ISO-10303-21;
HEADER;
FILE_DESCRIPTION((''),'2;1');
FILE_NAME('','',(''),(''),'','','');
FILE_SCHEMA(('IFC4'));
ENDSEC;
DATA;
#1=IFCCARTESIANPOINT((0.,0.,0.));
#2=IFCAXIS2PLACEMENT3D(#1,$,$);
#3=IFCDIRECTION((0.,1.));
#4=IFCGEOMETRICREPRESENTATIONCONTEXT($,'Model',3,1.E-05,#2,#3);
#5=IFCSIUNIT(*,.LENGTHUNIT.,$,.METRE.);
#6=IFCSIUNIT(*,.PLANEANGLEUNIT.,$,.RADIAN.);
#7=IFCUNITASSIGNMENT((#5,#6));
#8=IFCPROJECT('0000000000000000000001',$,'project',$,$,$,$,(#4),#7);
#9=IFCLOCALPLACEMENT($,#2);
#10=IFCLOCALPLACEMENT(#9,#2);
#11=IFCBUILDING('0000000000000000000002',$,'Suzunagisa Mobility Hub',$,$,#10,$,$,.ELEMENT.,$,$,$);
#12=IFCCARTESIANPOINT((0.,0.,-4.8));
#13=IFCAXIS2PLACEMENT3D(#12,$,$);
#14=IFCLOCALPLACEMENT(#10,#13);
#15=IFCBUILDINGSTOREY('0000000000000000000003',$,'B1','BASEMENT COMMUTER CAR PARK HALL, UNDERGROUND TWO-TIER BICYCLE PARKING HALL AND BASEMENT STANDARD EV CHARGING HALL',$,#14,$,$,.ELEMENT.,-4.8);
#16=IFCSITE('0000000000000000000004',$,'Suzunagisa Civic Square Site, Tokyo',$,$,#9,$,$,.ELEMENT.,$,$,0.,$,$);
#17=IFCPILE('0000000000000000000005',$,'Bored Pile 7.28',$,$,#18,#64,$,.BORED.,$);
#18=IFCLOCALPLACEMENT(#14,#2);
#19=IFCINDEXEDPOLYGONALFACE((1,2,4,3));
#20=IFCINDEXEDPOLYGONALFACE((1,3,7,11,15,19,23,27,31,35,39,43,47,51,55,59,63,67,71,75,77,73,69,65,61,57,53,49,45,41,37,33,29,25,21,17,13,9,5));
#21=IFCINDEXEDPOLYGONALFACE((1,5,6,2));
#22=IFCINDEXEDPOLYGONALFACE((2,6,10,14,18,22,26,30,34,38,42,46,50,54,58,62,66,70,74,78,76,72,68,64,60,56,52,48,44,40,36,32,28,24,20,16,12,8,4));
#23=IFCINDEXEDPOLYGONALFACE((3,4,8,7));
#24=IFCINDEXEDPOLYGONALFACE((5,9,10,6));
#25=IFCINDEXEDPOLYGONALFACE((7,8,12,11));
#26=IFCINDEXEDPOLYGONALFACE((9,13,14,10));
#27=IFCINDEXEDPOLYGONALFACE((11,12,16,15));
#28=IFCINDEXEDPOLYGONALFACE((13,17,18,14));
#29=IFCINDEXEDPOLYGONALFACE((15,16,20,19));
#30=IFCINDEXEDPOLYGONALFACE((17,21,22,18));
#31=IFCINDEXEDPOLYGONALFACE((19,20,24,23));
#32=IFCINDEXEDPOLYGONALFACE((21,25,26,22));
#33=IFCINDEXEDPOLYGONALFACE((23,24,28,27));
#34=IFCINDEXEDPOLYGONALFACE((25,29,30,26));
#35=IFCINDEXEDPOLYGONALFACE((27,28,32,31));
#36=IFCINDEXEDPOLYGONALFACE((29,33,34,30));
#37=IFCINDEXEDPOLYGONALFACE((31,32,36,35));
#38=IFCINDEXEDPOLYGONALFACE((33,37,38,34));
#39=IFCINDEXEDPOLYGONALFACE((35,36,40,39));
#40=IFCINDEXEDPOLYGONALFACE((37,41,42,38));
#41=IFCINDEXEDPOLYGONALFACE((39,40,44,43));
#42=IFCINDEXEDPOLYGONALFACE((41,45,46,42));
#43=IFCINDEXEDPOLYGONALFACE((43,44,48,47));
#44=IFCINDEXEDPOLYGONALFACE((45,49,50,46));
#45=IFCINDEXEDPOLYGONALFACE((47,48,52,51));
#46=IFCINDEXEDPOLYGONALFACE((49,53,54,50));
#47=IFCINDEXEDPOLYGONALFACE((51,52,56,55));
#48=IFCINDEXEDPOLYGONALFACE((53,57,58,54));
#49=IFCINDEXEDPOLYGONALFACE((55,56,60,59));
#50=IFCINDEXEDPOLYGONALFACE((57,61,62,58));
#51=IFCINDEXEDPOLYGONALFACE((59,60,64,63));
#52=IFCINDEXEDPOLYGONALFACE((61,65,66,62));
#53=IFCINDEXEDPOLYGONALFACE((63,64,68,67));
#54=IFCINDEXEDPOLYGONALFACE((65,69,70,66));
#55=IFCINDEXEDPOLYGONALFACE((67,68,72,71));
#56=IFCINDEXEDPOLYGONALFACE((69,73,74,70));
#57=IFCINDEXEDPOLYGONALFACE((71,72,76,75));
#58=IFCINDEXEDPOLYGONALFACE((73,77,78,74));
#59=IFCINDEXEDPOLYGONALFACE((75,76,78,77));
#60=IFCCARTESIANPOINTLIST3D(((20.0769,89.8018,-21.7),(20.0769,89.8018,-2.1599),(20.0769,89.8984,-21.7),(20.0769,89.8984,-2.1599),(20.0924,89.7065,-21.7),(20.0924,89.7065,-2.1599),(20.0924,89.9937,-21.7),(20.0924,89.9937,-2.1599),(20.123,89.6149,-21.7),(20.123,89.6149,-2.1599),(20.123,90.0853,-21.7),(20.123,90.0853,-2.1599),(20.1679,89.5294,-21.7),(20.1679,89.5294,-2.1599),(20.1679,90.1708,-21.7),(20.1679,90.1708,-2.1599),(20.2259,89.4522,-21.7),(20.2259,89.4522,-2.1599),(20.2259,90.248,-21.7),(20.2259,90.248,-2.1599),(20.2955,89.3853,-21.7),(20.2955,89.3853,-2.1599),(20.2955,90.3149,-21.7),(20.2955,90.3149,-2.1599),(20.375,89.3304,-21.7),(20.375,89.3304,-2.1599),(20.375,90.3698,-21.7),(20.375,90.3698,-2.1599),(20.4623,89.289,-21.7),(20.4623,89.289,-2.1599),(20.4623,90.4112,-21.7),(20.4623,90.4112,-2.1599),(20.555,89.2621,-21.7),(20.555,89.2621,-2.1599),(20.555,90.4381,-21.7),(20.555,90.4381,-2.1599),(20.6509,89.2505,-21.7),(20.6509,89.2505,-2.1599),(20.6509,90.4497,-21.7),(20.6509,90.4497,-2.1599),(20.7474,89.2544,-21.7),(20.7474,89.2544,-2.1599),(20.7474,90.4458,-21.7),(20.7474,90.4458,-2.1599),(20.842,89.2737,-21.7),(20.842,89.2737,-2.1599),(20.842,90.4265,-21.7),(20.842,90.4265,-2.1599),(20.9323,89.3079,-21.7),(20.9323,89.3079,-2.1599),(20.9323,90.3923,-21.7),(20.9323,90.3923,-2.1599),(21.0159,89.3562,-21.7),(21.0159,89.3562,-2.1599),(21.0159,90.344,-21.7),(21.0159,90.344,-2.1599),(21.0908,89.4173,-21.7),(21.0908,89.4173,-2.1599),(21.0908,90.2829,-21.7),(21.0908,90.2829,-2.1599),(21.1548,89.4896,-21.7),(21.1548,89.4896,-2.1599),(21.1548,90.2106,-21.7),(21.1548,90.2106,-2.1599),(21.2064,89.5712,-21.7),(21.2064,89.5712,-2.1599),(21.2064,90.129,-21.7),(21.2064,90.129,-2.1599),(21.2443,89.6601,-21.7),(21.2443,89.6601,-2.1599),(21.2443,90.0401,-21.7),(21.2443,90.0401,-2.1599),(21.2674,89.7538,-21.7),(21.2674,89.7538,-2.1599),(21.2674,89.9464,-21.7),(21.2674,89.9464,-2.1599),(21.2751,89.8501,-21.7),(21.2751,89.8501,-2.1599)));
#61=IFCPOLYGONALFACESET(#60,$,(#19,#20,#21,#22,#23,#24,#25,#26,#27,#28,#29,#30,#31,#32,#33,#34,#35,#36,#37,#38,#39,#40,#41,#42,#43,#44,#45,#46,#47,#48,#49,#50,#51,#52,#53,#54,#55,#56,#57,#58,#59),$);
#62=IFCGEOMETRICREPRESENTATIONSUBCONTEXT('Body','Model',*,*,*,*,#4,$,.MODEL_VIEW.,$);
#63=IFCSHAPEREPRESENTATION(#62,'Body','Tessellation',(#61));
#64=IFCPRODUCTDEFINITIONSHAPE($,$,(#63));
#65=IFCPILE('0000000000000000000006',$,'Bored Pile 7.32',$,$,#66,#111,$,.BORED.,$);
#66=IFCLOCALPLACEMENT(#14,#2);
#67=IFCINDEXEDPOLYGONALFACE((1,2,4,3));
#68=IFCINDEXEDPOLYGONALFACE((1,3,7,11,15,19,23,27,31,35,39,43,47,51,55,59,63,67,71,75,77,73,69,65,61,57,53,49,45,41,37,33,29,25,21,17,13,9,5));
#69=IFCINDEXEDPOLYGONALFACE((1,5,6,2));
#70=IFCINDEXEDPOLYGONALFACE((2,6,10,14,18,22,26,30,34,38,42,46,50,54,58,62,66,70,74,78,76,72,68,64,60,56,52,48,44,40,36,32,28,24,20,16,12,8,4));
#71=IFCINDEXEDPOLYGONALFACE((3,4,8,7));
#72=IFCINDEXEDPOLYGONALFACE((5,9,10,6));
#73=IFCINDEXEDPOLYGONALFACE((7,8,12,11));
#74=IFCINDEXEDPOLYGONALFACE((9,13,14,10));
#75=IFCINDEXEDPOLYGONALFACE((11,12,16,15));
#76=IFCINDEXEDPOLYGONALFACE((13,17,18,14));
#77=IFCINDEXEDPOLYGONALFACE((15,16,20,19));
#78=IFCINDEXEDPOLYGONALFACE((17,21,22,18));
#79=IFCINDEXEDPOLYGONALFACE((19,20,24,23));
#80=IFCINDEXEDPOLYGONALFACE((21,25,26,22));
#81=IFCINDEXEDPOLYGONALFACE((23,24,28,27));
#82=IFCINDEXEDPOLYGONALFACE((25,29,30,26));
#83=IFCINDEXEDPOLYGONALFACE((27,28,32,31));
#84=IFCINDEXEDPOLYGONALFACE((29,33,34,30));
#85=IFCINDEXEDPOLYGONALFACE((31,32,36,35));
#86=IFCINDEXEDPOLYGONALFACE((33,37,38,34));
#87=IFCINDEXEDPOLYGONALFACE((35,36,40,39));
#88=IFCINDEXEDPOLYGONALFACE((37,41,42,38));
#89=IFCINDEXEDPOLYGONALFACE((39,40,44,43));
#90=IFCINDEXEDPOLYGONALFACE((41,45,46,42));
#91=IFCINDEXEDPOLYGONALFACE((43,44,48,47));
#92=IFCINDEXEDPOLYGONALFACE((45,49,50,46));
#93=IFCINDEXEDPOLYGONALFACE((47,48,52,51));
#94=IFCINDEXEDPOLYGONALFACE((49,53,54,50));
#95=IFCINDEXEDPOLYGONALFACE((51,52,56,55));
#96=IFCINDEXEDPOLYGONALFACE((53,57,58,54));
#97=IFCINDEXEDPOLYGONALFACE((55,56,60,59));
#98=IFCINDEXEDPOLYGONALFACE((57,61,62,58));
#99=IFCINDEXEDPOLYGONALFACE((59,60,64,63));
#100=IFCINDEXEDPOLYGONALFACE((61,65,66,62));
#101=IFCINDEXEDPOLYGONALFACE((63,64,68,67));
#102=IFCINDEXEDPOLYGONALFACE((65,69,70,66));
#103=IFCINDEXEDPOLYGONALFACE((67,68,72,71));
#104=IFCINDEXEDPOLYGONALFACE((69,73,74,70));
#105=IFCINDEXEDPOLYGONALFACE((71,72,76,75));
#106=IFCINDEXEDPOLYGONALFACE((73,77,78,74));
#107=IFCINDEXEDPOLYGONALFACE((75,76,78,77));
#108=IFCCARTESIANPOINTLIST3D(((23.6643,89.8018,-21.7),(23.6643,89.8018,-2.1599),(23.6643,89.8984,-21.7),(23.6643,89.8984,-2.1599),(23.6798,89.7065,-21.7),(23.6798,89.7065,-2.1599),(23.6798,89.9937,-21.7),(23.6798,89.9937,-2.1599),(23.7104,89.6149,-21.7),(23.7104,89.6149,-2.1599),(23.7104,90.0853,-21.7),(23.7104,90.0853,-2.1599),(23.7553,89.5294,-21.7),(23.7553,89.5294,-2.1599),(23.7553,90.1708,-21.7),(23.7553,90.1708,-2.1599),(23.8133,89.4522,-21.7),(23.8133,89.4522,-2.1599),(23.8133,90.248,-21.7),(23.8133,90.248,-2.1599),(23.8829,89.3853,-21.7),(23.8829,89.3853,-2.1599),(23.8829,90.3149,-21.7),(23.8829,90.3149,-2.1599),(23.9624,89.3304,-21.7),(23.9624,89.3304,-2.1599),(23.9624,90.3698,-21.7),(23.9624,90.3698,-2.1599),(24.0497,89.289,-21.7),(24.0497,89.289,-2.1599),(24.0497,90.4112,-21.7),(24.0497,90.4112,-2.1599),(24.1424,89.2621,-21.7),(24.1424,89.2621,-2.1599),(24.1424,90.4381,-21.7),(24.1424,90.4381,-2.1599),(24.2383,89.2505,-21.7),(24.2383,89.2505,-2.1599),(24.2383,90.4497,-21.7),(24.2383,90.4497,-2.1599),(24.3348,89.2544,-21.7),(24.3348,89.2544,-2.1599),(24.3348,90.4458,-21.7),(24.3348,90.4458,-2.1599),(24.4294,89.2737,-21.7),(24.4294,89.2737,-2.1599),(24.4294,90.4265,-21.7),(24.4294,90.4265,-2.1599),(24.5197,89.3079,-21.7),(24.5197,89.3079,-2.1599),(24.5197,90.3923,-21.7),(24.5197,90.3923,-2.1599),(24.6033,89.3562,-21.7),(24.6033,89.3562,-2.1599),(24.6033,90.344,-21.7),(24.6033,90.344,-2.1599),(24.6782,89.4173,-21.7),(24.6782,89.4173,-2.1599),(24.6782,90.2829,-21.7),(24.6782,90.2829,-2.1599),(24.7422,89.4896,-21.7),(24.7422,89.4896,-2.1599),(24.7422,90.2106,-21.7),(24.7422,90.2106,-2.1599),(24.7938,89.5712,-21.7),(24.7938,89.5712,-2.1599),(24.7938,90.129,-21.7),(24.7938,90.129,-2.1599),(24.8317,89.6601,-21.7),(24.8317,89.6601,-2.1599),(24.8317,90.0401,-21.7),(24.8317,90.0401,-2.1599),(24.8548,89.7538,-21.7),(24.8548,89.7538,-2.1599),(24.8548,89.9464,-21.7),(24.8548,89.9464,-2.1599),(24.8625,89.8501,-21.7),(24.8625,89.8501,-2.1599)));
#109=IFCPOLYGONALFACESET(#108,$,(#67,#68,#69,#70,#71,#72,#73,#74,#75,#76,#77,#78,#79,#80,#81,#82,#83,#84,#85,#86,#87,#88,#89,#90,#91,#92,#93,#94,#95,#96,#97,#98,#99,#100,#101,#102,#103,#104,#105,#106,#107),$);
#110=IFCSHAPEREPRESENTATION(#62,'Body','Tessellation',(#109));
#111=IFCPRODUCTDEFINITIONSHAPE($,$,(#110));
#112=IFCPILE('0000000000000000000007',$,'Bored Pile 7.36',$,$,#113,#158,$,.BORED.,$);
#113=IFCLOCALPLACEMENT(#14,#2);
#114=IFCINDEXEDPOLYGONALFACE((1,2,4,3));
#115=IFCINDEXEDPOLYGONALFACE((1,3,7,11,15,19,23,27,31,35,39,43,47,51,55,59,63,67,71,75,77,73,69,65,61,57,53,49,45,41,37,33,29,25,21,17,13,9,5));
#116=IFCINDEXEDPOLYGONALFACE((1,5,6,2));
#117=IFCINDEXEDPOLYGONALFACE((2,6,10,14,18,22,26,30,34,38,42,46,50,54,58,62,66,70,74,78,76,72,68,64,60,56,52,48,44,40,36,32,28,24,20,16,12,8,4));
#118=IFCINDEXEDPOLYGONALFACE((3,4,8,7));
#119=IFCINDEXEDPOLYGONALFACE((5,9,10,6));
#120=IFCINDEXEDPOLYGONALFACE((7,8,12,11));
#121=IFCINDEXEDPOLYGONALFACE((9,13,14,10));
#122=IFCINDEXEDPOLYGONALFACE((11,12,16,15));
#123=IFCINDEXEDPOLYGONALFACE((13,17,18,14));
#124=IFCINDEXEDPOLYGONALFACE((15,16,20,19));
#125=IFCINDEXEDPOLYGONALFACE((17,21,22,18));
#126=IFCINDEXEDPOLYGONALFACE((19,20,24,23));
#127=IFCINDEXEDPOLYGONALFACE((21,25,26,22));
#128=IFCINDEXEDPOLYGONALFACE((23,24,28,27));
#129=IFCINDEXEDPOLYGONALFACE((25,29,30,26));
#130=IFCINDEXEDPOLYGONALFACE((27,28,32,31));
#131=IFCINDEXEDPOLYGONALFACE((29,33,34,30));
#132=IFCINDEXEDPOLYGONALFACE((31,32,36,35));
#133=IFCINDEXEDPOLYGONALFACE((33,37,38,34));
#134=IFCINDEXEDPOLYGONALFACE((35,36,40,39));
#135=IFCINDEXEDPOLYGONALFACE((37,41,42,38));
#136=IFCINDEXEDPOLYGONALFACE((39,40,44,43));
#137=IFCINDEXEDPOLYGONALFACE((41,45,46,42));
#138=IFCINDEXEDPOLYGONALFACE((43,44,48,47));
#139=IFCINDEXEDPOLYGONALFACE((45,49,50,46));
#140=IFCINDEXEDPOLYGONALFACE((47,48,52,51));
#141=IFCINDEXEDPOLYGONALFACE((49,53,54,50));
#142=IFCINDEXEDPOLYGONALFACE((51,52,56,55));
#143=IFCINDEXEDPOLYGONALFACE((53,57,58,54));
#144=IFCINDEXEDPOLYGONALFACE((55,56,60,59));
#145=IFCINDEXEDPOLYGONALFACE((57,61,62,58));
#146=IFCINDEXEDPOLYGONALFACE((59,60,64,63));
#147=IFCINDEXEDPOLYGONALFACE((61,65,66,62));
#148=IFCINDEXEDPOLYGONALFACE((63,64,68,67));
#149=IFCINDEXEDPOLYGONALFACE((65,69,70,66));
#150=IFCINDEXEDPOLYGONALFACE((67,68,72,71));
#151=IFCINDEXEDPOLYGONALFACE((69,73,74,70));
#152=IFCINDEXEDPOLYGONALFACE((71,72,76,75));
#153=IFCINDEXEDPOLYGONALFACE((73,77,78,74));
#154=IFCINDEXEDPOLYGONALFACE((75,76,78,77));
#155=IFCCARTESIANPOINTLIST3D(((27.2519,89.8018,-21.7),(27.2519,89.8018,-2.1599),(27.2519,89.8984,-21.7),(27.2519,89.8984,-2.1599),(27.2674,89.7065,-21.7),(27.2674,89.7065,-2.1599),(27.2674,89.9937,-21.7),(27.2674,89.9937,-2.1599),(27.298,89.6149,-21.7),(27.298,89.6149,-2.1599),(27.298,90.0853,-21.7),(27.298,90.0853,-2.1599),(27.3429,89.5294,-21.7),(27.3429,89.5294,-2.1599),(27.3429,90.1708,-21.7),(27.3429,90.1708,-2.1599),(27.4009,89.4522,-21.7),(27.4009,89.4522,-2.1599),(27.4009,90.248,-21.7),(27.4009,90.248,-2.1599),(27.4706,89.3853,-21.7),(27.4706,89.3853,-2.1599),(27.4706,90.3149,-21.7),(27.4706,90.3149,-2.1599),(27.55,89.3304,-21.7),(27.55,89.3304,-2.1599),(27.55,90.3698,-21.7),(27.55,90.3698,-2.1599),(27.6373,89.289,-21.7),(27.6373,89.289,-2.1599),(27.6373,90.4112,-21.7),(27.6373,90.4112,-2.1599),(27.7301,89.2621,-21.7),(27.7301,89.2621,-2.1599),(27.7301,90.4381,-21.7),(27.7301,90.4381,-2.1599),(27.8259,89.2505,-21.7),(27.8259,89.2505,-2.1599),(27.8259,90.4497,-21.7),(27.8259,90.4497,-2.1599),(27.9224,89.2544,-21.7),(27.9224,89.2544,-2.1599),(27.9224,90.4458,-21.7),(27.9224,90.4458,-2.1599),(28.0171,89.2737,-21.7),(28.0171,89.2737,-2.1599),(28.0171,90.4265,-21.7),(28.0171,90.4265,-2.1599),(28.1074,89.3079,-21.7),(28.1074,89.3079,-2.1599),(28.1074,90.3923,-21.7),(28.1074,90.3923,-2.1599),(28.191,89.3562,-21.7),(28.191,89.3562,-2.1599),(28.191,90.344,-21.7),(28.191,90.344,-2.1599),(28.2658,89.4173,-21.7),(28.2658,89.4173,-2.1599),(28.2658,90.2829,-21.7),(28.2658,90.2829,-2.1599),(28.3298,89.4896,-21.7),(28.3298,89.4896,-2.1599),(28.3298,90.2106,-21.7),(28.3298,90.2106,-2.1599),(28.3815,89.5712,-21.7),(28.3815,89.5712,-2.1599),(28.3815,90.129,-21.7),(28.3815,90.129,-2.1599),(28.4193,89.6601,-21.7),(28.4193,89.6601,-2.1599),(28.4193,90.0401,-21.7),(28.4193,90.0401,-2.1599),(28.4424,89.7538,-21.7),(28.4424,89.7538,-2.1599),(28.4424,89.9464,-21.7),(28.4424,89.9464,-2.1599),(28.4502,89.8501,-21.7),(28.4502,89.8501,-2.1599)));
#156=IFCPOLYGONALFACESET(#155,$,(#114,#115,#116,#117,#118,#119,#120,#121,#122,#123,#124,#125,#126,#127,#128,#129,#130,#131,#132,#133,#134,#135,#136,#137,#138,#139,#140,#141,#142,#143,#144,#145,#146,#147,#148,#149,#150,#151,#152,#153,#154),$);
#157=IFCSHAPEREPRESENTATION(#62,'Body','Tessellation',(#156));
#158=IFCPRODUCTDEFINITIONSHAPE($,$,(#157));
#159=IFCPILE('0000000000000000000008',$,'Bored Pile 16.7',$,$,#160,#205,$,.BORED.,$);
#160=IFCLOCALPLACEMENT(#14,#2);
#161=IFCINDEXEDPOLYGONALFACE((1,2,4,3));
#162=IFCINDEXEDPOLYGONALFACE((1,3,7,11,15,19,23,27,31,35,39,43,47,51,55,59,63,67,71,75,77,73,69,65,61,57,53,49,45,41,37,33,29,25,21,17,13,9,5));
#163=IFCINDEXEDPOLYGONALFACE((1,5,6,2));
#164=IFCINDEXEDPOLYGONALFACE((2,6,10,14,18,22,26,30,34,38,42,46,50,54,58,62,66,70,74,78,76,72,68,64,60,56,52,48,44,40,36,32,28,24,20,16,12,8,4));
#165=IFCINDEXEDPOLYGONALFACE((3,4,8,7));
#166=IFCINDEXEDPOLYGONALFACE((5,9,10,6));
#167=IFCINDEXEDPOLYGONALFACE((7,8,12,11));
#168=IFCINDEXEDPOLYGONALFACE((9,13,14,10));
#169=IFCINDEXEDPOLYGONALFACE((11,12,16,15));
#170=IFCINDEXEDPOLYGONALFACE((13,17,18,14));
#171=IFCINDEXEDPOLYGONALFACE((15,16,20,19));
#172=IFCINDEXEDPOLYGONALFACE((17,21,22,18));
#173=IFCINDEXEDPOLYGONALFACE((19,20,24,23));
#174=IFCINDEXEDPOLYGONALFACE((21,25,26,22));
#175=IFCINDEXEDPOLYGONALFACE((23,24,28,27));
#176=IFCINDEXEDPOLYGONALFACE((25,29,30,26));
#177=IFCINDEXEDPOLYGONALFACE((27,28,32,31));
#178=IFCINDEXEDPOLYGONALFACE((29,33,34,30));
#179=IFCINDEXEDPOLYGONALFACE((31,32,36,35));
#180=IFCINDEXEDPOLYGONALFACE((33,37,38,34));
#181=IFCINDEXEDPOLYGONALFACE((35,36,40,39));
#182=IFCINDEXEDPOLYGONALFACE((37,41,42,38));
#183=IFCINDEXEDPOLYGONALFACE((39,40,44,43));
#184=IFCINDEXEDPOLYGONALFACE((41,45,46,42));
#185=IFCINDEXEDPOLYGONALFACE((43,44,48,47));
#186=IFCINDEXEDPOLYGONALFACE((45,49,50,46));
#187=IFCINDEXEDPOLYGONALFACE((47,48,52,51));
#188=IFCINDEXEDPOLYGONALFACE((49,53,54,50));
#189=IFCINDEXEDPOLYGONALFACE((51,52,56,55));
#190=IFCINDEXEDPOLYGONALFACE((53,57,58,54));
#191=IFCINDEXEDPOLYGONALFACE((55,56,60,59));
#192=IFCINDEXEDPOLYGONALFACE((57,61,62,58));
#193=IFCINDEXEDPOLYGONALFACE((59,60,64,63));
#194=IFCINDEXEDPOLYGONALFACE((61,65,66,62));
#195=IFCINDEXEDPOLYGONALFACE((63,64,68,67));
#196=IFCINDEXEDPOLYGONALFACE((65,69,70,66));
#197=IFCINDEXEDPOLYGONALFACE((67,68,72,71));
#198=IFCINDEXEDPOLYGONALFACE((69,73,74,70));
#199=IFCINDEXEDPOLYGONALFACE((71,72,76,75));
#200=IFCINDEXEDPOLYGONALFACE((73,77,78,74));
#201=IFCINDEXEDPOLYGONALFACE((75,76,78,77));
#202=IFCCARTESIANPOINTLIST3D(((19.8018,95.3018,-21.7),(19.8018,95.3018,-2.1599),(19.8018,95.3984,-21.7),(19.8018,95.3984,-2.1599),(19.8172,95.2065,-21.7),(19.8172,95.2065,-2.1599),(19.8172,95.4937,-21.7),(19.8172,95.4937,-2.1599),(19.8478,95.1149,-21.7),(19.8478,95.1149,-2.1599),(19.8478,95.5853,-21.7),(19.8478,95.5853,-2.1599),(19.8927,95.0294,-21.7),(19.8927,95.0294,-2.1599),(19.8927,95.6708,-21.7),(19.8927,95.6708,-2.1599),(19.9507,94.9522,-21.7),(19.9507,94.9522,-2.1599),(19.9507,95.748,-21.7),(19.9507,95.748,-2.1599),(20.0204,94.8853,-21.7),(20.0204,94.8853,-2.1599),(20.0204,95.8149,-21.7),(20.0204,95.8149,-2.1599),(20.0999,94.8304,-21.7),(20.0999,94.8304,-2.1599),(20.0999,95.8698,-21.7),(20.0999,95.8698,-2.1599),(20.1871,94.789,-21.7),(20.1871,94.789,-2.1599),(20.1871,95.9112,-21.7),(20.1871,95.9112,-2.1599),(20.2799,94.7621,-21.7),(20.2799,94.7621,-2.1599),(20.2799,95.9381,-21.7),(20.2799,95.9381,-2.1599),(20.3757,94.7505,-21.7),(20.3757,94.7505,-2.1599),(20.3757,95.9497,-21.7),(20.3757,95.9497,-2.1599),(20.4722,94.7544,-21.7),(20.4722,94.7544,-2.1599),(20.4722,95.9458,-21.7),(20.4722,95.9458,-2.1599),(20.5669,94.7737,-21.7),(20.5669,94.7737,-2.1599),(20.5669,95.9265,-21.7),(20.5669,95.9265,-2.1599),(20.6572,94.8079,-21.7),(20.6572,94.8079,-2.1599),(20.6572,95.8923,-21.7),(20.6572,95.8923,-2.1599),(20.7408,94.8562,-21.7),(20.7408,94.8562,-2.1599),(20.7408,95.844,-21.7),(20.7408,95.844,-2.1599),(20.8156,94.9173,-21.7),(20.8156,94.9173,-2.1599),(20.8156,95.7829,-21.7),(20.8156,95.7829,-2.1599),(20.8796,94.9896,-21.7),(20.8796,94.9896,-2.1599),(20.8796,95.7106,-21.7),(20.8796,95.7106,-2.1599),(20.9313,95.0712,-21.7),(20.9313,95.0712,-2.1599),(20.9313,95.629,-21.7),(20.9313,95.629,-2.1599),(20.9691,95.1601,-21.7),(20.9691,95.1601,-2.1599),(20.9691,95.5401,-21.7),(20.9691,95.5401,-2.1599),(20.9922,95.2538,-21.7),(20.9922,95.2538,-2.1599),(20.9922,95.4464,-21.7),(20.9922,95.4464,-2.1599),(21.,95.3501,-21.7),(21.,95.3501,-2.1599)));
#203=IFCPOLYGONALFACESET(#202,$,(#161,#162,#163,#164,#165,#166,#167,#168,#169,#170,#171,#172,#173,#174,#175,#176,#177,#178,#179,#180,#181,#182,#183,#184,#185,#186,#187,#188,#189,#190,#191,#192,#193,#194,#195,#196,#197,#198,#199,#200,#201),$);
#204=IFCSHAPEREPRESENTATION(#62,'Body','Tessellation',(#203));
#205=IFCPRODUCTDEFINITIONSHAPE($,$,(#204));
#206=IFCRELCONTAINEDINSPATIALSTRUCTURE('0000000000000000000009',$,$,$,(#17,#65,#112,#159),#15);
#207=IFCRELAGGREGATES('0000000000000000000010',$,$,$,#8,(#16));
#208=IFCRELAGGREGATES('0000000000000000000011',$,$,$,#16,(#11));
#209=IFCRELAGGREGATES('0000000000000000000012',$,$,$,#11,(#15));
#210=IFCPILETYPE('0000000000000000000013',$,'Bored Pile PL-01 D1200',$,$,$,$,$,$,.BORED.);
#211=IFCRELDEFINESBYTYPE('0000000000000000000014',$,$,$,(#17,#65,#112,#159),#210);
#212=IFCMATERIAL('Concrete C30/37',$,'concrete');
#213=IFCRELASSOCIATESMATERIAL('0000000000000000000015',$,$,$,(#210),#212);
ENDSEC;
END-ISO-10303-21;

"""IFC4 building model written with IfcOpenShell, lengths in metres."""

from ifc_helpers import new_model, si_unit, direction, frame, origin, origin_2d, place, context, subcontext, project, spatial, circle, extrude, material, material_profile, profile_set, type_object, element, save


model = new_model("IFC4")

# Units and contexts
model_context = context("Model", 3, precision=1e-05, world=origin(), true_north=direction((0.0, 1.0)))
body_context = subcontext(model_context, "Body", "Model", "MODEL_VIEW")
ifc_project = project(units=[si_unit("LENGTHUNIT", "METRE"), si_unit("PLANEANGLEUNIT", "RADIAN")], contexts=[model_context])

# Site, building, storey
site_placement = place(None, origin())
site = spatial("IfcSite", under=ifc_project, at=site_placement, Name="Suzunagisa Civic Square Site, Tokyo", CompositionType="ELEMENT", RefElevation=0.0)
building_placement = place(site_placement, origin())
building = spatial("IfcBuilding", under=site, at=building_placement, Name="Suzunagisa Mobility Hub", CompositionType="ELEMENT")
storey_placement = place(building_placement, frame((0.0, 0.0, -4.8)))
storey = spatial("IfcBuildingStorey", under=building, at=storey_placement, Name="B1", Description="BASEMENT COMMUTER CAR PARK HALL, UNDERGROUND TWO-TIER BICYCLE PARKING HALL AND BASEMENT STANDARD EV CHARGING HALL", CompositionType="ELEMENT", Elevation=-4.8)

# Piles
ifc_material_1 = material(Name="Concrete C30/37", Category="concrete")
ifc_material_profile_1 = material_profile(ifc_material_1, circle(Radius=0.6001, at=origin_2d()), Name="BORED PILE D1200")
ifc_profile_set_1 = profile_set([ifc_material_profile_1], Name="Concrete C30/37")
pile_type = type_object("IfcPileType", Name="Bored Pile PL-01 D1200", PredefinedType="BORED", material=ifc_profile_set_1)
for number, where, z_axis, x_axis, name in (
    (1, (20.675, 89.8501, -2.1599), (0.0, 0.0, -1.0), (1.0, 0.0, 0.0), "Bored Pile 7.28"),
    (2, (24.2625, 89.8501, -2.1599), (0.0, 0.0, -1.0), (1.0, 0.0, 0.0), "Bored Pile 7.32"),
    (3, (27.8501, 89.8501, -2.1599), (0.0, 0.0, -1.0), (1.0, 0.0, 0.0), "Bored Pile 7.36"),
    (4, (20.3999, 95.3501, -2.1599), (0.0, 0.0, -1.0), (1.0, 0.0, 0.0), "Bored Pile 16.7"),
):
    element("IfcPile", number, at=place(storey_placement, frame(where, z_axis=z_axis, x_axis=x_axis)), inside=storey, type_object=pile_type, Name=name, PredefinedType="BORED", context=body_context, shape_type="SweptSolid", body=[
        extrude(circle(Radius=0.6001, at=origin_2d()), origin(), (0.0, 0.0, 1.0), 19.54),
    ])

save(model, "model.ifc")
